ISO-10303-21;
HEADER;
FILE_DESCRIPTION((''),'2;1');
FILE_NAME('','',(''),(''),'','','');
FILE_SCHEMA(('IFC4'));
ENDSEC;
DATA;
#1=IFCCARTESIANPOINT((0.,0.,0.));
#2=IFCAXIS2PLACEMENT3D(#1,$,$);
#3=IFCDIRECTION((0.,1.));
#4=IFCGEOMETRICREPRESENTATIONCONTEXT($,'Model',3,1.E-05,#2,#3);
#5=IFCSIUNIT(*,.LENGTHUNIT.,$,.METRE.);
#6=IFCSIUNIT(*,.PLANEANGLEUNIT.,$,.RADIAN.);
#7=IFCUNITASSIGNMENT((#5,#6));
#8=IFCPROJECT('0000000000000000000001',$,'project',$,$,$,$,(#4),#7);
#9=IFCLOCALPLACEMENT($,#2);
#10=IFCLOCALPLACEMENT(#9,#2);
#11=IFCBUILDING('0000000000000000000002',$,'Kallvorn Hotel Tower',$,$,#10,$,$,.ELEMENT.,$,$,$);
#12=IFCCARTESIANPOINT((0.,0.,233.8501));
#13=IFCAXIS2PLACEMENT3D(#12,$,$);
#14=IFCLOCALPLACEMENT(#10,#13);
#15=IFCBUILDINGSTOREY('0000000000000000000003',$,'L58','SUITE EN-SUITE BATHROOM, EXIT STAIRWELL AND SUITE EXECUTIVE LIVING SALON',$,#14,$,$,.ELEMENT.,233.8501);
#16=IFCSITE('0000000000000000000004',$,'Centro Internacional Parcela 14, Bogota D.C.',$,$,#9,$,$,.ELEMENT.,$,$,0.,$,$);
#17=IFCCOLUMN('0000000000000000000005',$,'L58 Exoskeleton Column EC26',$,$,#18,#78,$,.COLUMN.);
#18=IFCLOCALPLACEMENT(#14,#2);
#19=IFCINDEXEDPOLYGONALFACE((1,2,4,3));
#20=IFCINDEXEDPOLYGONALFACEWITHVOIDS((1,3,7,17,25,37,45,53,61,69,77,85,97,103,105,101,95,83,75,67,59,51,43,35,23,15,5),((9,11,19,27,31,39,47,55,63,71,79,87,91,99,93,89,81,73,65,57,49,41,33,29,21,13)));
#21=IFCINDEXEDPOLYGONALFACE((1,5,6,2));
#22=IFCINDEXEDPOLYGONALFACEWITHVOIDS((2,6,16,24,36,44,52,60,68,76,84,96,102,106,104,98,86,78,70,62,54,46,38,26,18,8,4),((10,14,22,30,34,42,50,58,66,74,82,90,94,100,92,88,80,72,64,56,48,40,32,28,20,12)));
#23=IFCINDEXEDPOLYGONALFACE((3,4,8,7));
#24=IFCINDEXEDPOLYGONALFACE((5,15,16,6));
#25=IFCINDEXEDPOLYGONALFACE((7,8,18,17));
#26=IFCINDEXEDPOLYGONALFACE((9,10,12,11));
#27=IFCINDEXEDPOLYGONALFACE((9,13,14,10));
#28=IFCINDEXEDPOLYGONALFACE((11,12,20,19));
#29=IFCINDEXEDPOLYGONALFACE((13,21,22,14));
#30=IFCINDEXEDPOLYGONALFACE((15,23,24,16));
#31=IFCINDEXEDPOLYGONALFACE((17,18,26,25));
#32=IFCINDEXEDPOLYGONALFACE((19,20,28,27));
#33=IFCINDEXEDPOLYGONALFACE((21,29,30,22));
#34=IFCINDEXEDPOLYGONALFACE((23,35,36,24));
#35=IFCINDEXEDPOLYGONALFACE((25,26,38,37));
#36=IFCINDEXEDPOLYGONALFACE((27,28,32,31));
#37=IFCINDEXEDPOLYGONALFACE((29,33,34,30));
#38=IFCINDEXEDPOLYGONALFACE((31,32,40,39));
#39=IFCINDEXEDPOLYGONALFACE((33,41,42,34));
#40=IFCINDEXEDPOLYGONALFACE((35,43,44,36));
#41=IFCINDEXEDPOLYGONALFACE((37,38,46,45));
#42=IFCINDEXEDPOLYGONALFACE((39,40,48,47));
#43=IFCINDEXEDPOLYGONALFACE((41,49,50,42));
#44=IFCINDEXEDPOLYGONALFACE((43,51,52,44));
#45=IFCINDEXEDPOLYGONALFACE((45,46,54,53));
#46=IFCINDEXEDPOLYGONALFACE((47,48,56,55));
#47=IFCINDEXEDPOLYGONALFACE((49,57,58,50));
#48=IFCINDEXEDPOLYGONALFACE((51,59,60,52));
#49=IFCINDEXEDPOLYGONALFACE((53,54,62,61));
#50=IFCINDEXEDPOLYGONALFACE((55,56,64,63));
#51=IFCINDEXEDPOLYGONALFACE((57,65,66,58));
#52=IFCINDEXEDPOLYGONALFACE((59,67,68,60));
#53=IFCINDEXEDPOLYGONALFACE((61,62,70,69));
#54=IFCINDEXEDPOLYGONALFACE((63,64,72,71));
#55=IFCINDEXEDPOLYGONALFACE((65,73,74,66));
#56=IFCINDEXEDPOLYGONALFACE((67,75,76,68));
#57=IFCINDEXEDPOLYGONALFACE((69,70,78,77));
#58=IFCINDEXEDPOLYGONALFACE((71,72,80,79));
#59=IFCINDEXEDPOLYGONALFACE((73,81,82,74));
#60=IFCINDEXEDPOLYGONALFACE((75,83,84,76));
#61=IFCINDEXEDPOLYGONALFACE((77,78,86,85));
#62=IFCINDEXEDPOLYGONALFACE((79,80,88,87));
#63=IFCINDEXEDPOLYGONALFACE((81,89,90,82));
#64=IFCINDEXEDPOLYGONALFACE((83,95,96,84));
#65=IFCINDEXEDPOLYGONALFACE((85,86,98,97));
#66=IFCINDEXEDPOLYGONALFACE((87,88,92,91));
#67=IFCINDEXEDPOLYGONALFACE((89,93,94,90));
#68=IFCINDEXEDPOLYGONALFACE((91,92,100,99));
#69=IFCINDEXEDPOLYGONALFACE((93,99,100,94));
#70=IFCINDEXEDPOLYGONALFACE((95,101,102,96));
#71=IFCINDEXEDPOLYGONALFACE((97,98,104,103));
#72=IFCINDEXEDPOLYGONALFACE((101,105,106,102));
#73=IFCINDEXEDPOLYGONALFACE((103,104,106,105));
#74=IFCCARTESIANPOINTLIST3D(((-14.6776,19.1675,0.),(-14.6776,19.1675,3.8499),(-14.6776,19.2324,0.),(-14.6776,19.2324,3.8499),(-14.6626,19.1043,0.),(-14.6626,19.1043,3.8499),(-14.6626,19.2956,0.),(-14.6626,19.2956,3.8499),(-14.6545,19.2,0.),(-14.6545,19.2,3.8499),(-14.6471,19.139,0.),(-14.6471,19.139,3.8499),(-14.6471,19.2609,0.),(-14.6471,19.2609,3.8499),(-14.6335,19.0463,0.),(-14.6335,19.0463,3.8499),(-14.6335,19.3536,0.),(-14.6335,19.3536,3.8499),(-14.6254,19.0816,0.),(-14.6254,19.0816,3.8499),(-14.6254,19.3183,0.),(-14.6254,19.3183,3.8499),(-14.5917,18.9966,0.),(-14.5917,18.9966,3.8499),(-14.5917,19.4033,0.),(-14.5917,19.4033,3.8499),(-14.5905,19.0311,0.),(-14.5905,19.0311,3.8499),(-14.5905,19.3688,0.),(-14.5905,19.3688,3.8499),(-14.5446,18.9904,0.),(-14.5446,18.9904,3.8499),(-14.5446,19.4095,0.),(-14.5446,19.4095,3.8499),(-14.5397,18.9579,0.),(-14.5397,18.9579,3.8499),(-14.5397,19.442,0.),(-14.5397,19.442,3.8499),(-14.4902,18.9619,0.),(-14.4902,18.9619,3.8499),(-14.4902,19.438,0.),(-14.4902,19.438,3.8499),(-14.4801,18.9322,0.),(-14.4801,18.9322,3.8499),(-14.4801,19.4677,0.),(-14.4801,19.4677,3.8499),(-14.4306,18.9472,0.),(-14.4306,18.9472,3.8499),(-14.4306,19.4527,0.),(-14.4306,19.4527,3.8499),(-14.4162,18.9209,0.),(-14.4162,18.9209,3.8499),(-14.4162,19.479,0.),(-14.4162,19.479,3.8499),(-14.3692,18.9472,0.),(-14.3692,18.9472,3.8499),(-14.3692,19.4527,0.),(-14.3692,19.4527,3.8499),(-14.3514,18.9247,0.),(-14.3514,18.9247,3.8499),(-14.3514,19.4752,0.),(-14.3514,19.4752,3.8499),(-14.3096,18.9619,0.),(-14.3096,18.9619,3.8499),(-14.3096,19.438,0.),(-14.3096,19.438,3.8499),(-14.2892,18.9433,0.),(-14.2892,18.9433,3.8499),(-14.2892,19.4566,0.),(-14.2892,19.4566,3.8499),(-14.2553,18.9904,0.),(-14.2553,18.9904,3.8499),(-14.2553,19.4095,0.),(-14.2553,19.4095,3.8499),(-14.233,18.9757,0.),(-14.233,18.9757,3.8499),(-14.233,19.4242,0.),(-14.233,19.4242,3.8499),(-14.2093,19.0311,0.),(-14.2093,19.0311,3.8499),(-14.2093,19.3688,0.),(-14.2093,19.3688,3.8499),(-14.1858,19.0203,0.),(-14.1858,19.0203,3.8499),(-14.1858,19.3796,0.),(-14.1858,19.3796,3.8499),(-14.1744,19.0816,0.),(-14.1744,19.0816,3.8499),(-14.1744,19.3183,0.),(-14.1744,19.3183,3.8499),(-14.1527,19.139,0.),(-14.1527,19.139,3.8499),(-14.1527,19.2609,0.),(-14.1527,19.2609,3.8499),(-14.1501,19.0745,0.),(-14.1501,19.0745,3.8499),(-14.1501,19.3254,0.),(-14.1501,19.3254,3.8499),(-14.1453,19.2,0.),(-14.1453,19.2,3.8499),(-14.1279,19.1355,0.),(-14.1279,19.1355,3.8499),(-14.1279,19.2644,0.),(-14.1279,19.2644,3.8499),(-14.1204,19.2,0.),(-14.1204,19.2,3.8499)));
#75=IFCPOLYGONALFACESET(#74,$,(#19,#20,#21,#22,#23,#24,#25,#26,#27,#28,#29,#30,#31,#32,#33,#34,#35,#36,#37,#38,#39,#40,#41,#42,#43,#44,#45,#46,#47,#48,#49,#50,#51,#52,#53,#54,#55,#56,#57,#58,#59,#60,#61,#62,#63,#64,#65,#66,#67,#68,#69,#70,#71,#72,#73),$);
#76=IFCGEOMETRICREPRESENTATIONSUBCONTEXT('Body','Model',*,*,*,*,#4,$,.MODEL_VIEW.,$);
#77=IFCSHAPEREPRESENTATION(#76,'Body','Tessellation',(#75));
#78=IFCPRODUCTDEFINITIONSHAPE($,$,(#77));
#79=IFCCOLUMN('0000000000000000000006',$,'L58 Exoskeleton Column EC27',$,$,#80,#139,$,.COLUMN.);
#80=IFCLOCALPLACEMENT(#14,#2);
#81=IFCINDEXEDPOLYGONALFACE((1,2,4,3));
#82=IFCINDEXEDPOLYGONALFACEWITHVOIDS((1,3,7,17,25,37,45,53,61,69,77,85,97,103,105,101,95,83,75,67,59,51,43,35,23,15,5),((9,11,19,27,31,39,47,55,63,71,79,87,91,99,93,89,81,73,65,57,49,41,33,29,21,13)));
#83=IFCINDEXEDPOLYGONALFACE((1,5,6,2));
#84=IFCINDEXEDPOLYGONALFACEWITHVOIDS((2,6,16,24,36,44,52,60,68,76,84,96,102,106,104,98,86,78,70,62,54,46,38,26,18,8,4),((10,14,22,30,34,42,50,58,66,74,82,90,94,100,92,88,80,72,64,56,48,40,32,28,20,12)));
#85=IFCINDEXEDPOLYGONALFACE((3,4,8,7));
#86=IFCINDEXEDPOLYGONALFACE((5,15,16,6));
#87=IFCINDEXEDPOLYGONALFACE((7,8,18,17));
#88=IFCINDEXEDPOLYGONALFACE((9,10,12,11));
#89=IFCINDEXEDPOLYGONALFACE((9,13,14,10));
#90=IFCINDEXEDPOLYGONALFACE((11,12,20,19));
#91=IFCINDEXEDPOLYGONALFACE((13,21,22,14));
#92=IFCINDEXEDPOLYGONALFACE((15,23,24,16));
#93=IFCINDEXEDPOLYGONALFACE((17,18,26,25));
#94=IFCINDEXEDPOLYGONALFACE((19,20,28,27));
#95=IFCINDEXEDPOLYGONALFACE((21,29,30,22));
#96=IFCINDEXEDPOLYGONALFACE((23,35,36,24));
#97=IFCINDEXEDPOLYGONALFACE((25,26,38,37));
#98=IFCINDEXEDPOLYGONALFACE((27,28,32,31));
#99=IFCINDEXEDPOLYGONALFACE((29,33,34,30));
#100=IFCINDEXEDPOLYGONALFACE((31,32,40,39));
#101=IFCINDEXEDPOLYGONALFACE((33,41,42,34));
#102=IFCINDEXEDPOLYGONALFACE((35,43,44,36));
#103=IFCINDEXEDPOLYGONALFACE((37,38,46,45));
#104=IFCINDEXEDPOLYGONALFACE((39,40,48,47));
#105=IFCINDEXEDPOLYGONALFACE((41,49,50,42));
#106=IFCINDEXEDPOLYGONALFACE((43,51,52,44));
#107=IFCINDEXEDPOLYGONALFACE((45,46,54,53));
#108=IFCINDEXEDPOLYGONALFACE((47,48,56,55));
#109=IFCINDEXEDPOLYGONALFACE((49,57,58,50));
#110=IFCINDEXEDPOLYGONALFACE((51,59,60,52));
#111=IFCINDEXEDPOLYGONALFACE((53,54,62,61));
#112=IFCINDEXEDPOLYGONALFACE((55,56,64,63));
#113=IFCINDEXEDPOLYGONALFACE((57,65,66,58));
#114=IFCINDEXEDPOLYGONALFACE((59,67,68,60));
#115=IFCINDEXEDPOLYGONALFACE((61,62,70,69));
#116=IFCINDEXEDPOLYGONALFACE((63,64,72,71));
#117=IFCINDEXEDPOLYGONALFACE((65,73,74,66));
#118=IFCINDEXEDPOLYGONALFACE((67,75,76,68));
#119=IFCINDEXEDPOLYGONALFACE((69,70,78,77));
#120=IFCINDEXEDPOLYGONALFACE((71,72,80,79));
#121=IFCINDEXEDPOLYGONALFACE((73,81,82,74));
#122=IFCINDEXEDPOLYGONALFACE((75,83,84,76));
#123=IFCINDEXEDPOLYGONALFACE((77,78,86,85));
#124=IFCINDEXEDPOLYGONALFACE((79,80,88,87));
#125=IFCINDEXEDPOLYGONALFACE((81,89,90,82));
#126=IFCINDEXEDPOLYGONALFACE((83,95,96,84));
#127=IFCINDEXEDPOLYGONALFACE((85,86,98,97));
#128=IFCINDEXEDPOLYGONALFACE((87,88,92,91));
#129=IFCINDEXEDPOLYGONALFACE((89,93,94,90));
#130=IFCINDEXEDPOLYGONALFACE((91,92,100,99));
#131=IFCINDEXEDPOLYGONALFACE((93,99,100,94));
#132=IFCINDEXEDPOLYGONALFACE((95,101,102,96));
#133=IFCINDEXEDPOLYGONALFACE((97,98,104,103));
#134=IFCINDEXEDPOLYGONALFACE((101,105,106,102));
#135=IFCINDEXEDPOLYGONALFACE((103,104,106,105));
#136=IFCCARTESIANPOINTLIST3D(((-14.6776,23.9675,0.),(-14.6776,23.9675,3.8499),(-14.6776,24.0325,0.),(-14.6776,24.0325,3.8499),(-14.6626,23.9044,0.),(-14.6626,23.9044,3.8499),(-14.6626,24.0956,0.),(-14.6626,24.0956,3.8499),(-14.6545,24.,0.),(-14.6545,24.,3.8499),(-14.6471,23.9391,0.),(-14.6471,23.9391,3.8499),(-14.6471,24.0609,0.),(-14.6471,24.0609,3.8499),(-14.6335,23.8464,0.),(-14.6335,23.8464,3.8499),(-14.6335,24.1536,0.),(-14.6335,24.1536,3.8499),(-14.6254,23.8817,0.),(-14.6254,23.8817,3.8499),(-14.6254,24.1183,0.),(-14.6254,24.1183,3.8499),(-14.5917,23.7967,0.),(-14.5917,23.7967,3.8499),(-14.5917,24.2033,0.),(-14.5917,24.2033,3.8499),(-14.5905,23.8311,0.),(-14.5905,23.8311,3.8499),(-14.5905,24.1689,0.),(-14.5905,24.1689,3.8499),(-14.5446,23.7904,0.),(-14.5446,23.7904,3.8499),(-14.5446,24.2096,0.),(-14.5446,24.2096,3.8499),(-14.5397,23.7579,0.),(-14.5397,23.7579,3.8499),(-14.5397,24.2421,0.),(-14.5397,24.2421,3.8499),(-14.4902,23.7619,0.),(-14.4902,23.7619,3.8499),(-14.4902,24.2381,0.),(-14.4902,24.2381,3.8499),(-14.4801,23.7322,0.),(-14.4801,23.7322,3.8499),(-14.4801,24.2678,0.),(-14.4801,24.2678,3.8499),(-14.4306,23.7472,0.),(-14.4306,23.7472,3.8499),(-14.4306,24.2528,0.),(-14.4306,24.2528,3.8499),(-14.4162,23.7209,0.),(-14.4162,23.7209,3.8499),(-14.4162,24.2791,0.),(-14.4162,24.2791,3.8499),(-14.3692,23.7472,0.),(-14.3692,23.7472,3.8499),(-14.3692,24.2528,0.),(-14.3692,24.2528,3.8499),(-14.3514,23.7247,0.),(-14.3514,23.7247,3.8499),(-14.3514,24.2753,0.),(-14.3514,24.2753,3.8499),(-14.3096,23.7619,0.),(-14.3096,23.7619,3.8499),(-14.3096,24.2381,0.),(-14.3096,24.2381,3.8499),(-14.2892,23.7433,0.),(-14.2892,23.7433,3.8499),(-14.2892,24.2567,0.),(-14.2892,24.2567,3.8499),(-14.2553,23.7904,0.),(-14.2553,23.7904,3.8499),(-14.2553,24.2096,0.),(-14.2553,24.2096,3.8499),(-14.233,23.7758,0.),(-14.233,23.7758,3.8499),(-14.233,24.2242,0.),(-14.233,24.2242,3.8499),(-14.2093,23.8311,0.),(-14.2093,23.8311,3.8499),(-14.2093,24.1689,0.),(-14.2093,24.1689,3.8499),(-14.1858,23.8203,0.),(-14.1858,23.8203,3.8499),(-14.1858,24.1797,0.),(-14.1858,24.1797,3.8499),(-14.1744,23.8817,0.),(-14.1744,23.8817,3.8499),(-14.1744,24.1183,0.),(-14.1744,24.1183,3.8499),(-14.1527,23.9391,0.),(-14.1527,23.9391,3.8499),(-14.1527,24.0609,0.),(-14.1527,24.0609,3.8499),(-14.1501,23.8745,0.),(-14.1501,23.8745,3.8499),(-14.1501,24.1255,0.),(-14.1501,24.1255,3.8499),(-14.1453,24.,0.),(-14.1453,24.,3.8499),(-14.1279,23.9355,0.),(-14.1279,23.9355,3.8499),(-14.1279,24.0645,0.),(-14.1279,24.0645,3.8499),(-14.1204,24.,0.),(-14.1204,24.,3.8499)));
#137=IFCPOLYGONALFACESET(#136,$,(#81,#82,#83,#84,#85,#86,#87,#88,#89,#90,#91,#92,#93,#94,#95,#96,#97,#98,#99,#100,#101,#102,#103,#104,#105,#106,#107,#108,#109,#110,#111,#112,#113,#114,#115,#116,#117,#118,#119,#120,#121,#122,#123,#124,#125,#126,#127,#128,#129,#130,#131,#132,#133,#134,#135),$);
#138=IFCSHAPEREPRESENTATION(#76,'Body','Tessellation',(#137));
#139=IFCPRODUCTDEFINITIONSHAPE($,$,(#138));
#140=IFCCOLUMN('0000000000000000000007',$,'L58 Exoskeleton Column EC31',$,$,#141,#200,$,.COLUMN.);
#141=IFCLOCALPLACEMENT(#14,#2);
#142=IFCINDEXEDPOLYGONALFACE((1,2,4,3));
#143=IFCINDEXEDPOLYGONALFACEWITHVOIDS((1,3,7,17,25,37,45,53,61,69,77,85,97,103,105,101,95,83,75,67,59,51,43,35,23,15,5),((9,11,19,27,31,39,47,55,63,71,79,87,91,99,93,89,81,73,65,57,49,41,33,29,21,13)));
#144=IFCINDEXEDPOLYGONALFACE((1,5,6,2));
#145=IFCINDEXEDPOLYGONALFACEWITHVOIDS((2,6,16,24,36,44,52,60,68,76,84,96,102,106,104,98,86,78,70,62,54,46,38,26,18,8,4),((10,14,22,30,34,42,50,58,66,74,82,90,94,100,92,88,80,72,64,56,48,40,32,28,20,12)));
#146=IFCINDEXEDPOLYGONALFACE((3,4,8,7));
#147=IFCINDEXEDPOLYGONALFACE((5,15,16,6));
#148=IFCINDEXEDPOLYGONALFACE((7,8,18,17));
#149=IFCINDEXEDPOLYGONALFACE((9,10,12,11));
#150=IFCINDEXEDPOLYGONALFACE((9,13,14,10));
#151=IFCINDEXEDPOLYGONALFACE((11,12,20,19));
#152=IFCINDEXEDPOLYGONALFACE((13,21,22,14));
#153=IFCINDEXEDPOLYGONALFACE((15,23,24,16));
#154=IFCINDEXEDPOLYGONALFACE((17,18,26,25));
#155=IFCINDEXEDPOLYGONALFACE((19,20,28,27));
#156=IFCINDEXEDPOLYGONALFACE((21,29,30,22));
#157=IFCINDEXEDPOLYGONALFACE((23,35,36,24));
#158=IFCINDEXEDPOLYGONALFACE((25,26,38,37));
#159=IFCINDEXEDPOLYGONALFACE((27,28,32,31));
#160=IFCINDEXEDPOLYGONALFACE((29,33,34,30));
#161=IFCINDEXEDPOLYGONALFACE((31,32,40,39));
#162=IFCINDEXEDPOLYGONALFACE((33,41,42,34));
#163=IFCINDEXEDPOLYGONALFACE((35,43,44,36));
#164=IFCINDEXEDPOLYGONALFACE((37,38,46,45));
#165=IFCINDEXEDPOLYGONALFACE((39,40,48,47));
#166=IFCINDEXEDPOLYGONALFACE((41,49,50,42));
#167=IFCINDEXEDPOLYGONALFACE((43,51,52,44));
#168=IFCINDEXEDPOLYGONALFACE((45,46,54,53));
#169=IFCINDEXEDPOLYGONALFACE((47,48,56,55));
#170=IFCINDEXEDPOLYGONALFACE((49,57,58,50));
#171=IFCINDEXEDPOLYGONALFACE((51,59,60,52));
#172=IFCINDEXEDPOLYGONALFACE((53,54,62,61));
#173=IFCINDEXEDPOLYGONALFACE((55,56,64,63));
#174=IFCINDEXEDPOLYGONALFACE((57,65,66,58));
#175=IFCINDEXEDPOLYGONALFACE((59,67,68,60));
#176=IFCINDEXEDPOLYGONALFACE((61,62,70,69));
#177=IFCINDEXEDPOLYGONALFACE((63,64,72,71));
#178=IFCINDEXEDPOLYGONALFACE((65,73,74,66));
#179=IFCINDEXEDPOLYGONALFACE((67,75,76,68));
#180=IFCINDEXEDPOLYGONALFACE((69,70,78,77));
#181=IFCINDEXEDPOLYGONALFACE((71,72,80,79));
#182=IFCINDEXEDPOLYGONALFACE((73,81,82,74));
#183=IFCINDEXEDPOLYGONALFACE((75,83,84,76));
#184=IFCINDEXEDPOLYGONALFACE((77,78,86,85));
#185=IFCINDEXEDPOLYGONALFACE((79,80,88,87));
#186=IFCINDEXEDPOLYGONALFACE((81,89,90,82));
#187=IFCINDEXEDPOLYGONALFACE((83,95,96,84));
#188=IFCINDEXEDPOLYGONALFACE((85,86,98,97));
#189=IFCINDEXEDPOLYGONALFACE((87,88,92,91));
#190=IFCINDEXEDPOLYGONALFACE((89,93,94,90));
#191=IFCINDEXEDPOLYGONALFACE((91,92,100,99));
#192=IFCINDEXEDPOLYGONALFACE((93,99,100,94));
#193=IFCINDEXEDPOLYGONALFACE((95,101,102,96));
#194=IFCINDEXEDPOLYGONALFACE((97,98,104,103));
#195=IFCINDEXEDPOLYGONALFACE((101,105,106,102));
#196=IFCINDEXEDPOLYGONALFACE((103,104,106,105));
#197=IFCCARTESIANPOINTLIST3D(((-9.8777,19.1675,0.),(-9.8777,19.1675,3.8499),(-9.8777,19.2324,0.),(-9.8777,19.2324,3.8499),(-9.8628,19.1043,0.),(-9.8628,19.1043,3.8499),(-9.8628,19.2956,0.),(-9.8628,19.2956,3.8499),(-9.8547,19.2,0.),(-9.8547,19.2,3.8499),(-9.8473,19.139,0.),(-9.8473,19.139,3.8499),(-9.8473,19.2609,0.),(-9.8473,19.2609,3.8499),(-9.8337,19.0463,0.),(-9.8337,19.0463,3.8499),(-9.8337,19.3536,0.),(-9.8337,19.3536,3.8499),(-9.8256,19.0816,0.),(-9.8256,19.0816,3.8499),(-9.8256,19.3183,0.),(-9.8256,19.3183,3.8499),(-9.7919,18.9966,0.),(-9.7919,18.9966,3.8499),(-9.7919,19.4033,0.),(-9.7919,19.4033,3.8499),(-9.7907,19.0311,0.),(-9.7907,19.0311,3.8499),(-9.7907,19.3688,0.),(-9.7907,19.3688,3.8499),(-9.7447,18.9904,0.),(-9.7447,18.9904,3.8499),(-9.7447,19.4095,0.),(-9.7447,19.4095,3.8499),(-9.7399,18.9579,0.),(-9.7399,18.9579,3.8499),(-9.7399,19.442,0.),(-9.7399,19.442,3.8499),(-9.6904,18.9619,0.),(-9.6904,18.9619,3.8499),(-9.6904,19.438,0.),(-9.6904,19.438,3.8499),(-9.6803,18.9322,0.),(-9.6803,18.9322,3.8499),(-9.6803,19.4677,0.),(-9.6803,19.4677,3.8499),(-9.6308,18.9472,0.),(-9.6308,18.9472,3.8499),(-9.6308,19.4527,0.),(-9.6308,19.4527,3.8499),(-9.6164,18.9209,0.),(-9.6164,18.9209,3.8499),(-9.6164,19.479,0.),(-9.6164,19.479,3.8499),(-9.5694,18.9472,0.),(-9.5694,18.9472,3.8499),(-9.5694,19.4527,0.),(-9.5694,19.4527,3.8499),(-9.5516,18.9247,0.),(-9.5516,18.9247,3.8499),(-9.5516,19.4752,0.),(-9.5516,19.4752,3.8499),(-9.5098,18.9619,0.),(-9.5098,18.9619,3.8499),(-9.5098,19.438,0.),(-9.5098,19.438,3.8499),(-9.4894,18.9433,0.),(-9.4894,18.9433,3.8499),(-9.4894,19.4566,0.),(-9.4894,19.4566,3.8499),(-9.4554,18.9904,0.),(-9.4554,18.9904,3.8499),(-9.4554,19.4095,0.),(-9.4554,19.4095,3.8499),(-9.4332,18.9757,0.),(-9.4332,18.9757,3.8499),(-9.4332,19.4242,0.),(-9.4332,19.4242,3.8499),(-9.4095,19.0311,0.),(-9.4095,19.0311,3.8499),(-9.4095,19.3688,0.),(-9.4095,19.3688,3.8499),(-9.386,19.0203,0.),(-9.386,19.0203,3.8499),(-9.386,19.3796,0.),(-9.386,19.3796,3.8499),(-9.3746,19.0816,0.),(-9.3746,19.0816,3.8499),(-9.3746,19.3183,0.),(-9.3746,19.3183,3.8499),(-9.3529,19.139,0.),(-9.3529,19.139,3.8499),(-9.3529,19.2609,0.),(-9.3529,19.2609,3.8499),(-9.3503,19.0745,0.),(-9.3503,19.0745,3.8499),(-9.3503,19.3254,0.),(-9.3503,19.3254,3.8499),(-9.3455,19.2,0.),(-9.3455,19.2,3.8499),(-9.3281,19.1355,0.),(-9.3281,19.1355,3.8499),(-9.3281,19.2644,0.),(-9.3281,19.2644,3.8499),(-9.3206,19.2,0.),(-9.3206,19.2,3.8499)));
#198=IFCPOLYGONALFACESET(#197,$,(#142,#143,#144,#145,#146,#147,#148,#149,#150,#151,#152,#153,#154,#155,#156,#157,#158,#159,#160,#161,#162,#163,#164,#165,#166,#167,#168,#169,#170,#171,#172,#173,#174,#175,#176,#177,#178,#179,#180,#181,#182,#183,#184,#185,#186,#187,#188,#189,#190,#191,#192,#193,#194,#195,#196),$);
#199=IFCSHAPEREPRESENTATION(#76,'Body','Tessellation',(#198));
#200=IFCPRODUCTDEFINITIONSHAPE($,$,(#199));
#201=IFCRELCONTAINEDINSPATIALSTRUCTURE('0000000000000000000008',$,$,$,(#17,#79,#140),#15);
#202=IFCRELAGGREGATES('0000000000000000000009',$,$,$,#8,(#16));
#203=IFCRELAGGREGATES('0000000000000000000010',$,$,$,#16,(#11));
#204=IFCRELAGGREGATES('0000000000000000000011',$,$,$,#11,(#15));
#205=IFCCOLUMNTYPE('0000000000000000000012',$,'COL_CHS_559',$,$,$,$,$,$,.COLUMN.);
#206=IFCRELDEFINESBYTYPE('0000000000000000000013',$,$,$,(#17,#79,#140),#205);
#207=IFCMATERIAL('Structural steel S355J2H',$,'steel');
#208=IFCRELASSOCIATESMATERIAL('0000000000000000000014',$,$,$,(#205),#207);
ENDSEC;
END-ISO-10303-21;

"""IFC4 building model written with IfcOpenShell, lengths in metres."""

from ifc_helpers import new_model, si_unit, direction, frame, origin, origin_2d, place, context, subcontext, project, spatial, hollow_circle, extrude, material, material_profile, profile_set, type_object, element, save


model = new_model("IFC4")

# Units and contexts
model_context = context("Model", 3, precision=1e-05, world=origin(), true_north=direction((0.0, 1.0)))
body_context = subcontext(model_context, "Body", "Model", "MODEL_VIEW")
ifc_project = project(units=[si_unit("LENGTHUNIT", "METRE"), si_unit("PLANEANGLEUNIT", "RADIAN")], contexts=[model_context])

# Site, building, storey
site_placement = place(None, origin())
site = spatial("IfcSite", under=ifc_project, at=site_placement, Name="Centro Internacional Parcela 14, Bogota D.C.", CompositionType="ELEMENT", RefElevation=0.0)
building_placement = place(site_placement, origin())
building = spatial("IfcBuilding", under=site, at=building_placement, Name="Kallvorn Hotel Tower", CompositionType="ELEMENT")
storey_placement = place(building_placement, frame((0.0, 0.0, 233.8501)))
storey = spatial("IfcBuildingStorey", under=building, at=storey_placement, Name="L58", Description="SUITE EN-SUITE BATHROOM, EXIT STAIRWELL AND SUITE EXECUTIVE LIVING SALON", CompositionType="ELEMENT", Elevation=233.8501)

# Columns
ifc_material_1 = material(Name="Structural steel S355J2H", Category="steel")
ifc_material_profile_1 = material_profile(ifc_material_1, hollow_circle(Radius=0.2795, WallThickness=0.0249, at=origin_2d()), Name="CHS 559x25")
ifc_profile_set_1 = profile_set([ifc_material_profile_1], Name="Structural steel S355J2H")
column_type_1 = type_object("IfcColumnType", Name="COL_CHS_559", PredefinedType="COLUMN", material=ifc_profile_set_1)
for number, where, z_axis, x_axis, name in (
    (1, (-14.3999, 19.2, 0.0), (0.0, 0.0, 1.0), (1.0, 0.0, 0.0), "L58 Exoskeleton Column EC26"),
    (2, (-14.3999, 24.0, 0.0), (0.0, 0.0, 1.0), (1.0, 0.0, 0.0), "L58 Exoskeleton Column EC27"),
    (3, (-9.6001, 19.2, 0.0), (0.0, 0.0, 1.0), (1.0, 0.0, 0.0), "L58 Exoskeleton Column EC31"),
):
    element("IfcColumn", number, at=place(storey_placement, frame(where, z_axis=z_axis, x_axis=x_axis)), inside=storey, type_object=column_type_1, Name=name, PredefinedType="COLUMN", context=body_context, shape_type="SweptSolid", body=[
        extrude(hollow_circle(Radius=0.2795, WallThickness=0.0249, at=origin_2d()), origin(), (0.0, 0.0, 1.0), 3.8499),
    ])

save(model, "model.ifc")
